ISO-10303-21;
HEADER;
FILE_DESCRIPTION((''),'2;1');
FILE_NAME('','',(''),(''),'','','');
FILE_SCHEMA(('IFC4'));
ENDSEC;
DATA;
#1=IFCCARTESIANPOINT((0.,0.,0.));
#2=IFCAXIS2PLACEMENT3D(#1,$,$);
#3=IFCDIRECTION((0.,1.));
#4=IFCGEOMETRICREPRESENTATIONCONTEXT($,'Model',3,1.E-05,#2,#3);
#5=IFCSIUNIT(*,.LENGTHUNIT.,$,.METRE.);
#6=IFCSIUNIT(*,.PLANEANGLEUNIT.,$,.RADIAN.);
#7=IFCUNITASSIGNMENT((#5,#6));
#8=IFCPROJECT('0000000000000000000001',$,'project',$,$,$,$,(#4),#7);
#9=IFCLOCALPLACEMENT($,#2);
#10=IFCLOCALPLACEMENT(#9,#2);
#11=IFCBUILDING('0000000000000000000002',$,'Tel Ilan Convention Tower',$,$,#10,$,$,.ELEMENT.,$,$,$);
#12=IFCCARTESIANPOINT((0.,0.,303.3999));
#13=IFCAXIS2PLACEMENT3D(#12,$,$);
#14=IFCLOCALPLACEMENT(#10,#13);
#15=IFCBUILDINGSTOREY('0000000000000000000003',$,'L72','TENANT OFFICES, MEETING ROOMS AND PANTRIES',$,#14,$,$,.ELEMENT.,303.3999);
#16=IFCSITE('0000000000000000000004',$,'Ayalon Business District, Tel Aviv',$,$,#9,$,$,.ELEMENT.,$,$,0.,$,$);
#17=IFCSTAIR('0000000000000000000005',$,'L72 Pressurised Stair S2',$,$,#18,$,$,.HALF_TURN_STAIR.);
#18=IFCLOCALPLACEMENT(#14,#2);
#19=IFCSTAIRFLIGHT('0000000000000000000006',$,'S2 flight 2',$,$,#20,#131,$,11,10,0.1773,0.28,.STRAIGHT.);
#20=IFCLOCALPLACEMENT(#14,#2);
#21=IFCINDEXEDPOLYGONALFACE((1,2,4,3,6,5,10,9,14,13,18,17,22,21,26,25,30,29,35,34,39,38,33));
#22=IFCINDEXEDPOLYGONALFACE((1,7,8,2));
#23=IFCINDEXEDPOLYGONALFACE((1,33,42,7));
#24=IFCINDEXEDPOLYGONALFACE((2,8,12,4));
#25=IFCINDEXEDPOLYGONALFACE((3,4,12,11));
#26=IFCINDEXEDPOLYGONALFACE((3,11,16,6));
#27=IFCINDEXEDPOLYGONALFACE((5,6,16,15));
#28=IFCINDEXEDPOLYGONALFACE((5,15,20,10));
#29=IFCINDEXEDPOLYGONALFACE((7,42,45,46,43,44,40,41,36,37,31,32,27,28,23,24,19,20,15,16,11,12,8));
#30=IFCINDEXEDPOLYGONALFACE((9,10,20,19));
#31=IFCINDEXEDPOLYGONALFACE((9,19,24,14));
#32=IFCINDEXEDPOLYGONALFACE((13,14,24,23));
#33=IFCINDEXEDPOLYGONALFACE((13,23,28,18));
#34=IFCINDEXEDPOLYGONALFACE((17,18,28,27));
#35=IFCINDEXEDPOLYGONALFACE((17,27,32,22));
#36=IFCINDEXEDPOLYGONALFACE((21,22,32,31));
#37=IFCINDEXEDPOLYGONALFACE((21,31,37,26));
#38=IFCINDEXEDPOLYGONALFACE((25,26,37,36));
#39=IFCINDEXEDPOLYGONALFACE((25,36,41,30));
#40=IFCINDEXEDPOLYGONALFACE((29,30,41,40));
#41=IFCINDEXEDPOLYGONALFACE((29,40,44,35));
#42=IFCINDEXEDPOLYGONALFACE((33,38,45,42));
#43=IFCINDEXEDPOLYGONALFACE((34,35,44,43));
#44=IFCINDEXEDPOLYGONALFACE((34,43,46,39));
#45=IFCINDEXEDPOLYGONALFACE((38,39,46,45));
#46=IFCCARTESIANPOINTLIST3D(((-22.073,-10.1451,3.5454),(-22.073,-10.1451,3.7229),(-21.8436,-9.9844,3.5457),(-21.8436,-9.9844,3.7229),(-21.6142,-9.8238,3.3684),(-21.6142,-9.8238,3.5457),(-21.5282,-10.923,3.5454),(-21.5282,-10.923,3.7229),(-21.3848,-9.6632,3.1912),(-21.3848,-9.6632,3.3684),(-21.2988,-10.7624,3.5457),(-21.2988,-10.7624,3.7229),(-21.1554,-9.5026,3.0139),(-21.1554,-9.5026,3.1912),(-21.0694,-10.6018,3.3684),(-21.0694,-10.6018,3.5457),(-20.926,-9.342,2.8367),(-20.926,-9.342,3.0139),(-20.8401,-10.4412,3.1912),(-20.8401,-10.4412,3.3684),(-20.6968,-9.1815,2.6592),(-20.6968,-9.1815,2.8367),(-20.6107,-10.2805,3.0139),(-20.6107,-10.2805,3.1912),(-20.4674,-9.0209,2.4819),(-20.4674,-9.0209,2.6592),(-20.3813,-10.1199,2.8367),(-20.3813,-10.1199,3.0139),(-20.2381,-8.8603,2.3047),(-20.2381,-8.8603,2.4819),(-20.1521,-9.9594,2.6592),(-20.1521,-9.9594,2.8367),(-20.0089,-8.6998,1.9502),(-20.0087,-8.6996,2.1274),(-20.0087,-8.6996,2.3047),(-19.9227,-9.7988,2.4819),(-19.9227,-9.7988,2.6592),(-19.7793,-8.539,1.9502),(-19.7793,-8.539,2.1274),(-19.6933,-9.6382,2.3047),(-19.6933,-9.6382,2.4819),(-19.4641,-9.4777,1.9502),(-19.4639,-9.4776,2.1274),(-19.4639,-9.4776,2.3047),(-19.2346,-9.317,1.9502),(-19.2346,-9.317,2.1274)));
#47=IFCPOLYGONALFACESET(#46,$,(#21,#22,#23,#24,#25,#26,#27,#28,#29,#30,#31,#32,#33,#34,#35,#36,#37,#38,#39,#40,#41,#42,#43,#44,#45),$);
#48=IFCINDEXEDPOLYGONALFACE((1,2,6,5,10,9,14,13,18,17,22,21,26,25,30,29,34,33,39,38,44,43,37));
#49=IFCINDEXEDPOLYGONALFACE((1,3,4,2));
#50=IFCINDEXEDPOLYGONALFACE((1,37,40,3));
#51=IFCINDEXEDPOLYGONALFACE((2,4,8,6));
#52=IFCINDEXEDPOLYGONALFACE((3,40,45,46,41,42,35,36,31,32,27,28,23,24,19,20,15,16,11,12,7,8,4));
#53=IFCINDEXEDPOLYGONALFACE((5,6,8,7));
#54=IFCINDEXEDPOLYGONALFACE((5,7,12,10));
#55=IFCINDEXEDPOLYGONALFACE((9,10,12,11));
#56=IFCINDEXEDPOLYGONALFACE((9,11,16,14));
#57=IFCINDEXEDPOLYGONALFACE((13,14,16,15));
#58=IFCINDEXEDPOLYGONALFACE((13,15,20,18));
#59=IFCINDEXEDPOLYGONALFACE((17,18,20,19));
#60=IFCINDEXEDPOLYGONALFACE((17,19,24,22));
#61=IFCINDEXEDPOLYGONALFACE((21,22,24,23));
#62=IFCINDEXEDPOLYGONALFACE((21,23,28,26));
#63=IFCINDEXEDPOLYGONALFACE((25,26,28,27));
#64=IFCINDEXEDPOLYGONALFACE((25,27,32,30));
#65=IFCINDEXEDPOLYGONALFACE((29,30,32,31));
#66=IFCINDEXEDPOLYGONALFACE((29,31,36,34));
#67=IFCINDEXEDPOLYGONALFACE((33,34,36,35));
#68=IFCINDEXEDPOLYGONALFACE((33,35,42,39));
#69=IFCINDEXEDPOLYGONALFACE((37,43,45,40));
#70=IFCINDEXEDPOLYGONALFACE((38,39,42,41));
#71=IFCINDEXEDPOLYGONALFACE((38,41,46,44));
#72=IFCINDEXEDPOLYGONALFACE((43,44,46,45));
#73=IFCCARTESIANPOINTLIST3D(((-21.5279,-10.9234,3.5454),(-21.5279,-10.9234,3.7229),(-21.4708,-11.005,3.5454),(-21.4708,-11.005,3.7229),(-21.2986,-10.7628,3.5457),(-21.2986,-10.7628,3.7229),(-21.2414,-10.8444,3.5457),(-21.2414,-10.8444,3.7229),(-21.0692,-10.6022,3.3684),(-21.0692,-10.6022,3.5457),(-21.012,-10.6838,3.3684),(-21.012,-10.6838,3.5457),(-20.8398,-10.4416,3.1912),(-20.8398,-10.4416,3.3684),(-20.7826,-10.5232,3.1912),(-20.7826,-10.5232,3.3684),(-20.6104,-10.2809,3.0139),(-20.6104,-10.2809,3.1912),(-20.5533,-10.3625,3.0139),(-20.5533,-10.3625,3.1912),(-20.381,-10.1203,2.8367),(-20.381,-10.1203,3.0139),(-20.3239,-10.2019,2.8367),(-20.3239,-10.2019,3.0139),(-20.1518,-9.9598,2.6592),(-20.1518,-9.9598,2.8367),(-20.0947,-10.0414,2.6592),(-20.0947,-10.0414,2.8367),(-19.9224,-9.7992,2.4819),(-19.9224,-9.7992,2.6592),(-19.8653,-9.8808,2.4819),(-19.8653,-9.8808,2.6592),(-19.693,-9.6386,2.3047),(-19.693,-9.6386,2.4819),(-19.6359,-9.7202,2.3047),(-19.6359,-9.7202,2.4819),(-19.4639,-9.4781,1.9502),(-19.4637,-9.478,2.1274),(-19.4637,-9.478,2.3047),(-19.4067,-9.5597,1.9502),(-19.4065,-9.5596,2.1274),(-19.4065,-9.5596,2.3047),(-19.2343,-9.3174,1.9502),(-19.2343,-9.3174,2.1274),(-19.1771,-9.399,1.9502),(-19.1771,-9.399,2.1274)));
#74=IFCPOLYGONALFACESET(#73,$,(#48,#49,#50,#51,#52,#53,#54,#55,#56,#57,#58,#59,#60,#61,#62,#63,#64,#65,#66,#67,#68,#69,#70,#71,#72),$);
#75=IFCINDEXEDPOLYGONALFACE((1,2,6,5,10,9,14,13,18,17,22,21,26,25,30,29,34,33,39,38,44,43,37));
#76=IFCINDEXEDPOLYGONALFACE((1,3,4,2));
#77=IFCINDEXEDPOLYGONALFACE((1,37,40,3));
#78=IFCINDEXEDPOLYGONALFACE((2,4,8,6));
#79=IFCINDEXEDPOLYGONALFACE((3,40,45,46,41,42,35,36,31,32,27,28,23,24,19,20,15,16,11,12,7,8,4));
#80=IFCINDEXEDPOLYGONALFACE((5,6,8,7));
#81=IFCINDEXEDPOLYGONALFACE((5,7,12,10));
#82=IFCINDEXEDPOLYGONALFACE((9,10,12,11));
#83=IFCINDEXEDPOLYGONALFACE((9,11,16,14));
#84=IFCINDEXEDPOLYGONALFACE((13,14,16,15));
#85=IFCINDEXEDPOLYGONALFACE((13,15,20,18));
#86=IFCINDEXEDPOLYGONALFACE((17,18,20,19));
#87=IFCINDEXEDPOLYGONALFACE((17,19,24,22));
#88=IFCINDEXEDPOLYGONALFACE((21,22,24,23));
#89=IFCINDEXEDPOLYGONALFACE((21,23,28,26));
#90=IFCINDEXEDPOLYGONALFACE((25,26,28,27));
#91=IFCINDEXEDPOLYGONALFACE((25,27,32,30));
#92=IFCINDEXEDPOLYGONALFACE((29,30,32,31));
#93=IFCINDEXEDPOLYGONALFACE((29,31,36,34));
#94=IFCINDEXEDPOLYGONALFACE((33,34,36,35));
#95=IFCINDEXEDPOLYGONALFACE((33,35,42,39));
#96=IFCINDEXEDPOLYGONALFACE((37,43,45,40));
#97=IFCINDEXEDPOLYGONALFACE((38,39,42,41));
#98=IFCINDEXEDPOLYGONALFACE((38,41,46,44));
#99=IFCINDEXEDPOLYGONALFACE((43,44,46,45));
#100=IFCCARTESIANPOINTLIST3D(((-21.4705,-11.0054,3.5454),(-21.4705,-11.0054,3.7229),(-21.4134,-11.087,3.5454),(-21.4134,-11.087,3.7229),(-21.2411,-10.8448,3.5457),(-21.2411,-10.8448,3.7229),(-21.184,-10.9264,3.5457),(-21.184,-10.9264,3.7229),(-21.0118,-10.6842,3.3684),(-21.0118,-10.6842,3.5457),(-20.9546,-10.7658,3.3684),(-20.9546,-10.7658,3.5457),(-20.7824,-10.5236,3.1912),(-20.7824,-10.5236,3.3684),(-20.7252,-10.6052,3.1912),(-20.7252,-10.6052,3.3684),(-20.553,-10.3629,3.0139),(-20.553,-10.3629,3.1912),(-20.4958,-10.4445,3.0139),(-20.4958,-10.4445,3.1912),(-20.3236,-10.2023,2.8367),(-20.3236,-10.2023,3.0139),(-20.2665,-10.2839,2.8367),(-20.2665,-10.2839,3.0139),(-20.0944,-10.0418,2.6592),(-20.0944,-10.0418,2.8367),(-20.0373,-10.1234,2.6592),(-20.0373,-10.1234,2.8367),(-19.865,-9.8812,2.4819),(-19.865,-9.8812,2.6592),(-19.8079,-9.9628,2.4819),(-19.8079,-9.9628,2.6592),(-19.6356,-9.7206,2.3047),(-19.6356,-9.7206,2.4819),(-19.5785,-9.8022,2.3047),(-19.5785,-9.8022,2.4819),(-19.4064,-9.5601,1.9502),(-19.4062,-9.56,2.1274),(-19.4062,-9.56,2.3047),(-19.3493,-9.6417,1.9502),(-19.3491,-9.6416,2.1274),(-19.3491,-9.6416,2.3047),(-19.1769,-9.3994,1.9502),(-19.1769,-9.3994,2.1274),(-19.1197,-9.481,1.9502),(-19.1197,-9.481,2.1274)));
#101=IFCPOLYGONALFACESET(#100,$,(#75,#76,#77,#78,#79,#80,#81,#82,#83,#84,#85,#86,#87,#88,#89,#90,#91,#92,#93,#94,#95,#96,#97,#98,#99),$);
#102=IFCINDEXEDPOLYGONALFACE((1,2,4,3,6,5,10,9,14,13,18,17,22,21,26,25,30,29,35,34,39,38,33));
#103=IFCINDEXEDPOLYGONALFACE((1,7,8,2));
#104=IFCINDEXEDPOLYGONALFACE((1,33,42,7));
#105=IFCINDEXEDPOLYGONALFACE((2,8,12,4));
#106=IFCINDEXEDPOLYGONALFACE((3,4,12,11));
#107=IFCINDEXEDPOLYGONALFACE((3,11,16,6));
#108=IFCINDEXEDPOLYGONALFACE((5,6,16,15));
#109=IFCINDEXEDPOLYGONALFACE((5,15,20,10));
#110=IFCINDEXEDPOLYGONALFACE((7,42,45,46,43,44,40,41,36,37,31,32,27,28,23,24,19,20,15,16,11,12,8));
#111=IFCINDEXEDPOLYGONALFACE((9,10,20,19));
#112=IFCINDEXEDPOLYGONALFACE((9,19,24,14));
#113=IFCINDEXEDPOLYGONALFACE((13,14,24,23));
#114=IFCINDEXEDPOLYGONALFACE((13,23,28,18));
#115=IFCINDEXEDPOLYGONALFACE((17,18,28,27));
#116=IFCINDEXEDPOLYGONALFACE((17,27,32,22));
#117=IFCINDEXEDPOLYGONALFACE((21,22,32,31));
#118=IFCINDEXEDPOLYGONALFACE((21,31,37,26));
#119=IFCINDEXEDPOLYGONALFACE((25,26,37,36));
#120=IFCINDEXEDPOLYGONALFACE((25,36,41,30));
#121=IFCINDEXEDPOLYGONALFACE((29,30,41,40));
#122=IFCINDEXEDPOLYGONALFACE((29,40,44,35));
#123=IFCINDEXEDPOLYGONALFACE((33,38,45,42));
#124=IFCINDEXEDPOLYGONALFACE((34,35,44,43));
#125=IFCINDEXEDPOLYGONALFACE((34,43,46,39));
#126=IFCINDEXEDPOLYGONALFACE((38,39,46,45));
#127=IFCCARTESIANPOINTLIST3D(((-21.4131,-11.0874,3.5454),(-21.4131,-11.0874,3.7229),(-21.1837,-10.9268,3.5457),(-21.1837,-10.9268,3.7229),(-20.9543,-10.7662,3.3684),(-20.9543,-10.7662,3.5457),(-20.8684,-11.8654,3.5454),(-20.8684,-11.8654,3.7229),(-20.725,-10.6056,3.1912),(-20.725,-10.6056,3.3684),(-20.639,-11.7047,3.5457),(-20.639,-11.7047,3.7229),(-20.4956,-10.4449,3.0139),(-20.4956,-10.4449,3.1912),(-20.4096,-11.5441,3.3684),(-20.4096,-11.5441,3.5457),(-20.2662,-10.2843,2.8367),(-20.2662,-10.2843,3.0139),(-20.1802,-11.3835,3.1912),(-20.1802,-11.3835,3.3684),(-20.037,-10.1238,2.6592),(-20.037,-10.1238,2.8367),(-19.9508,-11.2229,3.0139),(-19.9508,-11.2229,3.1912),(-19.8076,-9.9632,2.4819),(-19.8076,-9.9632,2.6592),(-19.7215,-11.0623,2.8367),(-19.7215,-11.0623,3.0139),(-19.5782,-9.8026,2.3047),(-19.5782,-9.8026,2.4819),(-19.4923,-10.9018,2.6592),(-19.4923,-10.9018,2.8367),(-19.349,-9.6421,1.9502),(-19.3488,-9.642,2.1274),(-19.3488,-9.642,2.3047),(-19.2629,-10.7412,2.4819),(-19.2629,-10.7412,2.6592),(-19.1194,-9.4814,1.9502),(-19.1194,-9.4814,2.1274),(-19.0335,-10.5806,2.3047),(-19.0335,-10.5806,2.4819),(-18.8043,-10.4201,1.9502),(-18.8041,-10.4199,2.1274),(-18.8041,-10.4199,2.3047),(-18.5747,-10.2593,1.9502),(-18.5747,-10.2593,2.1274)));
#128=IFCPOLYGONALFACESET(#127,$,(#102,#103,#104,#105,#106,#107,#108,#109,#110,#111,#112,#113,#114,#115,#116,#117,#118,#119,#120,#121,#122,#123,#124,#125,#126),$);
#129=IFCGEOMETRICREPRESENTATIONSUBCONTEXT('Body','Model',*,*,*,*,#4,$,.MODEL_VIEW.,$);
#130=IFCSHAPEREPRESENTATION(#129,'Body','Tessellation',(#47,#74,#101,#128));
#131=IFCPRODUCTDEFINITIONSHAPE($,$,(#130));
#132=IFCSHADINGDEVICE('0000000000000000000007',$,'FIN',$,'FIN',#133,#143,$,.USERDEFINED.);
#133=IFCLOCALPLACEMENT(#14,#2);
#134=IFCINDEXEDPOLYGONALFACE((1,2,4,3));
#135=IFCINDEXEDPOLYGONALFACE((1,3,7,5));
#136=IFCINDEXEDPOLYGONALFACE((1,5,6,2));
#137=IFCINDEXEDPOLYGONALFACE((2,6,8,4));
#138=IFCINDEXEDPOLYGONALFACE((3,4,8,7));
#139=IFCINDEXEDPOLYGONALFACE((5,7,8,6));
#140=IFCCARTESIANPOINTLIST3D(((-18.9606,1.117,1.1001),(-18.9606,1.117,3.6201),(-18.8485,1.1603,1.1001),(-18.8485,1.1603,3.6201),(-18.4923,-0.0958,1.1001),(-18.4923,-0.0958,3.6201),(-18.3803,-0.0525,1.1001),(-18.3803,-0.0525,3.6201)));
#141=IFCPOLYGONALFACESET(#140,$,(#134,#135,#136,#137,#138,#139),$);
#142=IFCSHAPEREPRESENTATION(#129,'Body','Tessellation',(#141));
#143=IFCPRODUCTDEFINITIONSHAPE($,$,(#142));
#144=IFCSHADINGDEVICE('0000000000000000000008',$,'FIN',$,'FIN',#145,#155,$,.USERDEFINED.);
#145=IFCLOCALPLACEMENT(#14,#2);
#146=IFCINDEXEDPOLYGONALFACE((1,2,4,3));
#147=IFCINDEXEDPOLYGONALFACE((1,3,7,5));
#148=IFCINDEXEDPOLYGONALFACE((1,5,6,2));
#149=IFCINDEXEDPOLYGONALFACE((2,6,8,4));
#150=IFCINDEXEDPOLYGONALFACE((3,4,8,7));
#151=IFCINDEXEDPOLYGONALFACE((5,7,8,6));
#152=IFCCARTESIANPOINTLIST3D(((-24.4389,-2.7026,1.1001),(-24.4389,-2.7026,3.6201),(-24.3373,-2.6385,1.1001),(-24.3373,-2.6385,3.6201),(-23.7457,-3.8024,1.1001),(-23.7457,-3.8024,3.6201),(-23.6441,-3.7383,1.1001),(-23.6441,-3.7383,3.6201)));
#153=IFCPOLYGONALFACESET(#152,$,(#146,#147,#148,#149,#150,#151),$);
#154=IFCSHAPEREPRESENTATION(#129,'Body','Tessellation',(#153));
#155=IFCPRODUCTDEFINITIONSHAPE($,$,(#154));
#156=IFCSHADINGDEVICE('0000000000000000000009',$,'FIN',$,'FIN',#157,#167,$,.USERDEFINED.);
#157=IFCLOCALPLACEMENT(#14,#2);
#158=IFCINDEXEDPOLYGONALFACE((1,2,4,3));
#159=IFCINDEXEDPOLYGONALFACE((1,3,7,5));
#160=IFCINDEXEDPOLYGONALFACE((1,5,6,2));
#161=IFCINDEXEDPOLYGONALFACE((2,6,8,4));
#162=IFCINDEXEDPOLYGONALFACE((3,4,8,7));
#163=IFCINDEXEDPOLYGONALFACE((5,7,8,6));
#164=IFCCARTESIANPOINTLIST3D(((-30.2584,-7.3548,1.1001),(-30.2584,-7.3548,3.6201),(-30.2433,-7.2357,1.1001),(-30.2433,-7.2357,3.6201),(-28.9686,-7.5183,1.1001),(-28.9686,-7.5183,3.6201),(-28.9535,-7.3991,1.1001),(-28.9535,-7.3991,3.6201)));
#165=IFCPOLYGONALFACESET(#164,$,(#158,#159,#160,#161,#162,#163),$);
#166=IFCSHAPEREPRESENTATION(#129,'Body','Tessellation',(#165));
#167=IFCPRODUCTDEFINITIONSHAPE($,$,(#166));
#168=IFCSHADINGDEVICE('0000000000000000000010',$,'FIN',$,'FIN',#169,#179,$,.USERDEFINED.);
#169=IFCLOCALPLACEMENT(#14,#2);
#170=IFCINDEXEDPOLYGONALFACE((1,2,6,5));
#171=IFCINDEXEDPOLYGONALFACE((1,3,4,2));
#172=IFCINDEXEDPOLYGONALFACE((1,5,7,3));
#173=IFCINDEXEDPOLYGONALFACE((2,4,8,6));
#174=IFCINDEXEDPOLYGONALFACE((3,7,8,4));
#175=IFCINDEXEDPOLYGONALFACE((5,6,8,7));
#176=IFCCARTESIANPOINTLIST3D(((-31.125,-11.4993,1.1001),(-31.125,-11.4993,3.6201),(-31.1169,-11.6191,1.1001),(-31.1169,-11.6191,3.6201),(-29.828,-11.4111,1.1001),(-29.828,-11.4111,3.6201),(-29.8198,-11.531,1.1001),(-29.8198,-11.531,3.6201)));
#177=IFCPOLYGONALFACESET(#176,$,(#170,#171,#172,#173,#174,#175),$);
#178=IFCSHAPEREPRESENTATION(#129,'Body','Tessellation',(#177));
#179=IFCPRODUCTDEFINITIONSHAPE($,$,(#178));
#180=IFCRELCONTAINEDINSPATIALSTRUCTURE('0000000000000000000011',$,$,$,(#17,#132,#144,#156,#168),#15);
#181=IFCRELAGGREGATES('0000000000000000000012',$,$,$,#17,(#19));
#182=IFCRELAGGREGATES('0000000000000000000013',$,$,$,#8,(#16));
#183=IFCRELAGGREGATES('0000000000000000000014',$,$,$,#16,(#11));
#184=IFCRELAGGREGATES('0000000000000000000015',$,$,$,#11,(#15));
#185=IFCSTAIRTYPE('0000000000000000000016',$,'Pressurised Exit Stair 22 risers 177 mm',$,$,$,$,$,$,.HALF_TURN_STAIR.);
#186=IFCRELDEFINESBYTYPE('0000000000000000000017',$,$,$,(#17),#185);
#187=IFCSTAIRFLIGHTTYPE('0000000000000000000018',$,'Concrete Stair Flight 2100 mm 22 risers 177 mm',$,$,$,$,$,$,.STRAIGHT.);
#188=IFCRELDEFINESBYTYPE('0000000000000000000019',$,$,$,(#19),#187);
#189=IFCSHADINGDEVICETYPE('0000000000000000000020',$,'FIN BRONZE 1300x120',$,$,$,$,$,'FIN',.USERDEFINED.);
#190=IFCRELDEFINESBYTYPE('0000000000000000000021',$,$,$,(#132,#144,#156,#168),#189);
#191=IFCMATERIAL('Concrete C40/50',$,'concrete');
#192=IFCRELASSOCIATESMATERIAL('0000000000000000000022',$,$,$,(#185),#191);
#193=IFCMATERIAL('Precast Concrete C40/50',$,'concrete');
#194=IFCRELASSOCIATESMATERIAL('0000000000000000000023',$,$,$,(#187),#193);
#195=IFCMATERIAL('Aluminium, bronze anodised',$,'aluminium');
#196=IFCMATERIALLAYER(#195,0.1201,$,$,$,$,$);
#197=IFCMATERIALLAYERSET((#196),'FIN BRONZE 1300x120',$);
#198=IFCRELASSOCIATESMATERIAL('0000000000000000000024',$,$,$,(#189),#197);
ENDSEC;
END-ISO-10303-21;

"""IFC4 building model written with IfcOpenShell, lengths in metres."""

from ifc_helpers import new_model, si_unit, direction, frame, origin, origin_2d, place, context, subcontext, project, spatial, polyline, rectangle, outline, extrude, material, layer, layer_set, type_object, element, aggregate, save


model = new_model("IFC4")

# Units and contexts
model_context = context("Model", 3, precision=1e-05, world=origin(), true_north=direction((0.0, 1.0)))
body_context = subcontext(model_context, "Body", "Model", "MODEL_VIEW")
ifc_project = project(units=[si_unit("LENGTHUNIT", "METRE"), si_unit("PLANEANGLEUNIT", "RADIAN")], contexts=[model_context])

# Site, building, storey
site_placement = place(None, origin())
site = spatial("IfcSite", under=ifc_project, at=site_placement, Name="Ayalon Business District, Tel Aviv", CompositionType="ELEMENT", RefElevation=0.0)
building_placement = place(site_placement, origin())
building = spatial("IfcBuilding", under=site, at=building_placement, Name="Tel Ilan Convention Tower", CompositionType="ELEMENT")
storey_placement = place(building_placement, frame((0.0, 0.0, 303.3999)))
storey = spatial("IfcBuildingStorey", under=building, at=storey_placement, Name="L72", Description="TENANT OFFICES, MEETING ROOMS AND PANTRIES", CompositionType="ELEMENT", Elevation=303.3999)

# Shared definitions
ifc_material_1 = material(Name="Concrete C40/50", Category="concrete")
stair_type = type_object("IfcStairType", Name="Pressurised Exit Stair 22 risers 177 mm", PredefinedType="HALF_TURN_STAIR", material=ifc_material_1)
ifc_material_2 = material(Name="Precast Concrete C40/50", Category="concrete")
stair_flight_type = type_object("IfcStairFlightType", Name="Concrete Stair Flight 2100 mm 22 risers 177 mm", PredefinedType="STRAIGHT", material=ifc_material_2)

# Stair, stair flight
stair_1_placement = place(storey_placement, origin())
stair_1 = element("IfcStair", 1, at=stair_1_placement, inside=storey, type_object=stair_type, Name="L72 Pressurised Stair S2", PredefinedType="HALF_TURN_STAIR")
stair_flight_1_placement = place(storey_placement, frame((-19.177, -9.3992, 1.9502), z_axis=(0.0, 0.0, 1.0), x_axis=(-0.819152, -0.573576, 0.0)))
stair_flight_1 = element("IfcStairFlight", 2, at=stair_flight_1_placement, type_object=stair_flight_type, Name="S2 flight 2", NumberOfRisers=11, NumberOfTreads=10, PredefinedType="STRAIGHT", RiserHeight=0.1773, TreadLength=0.28, context=body_context, shape_type="SweptSolid", body=[
    extrude(outline(polyline([(0.0, 0.0), (0.0, 0.1772), (0.28, 0.1772), (0.28, 0.3545), (0.5601, 0.3545), (0.5601, 0.5317), (0.8401, 0.5317), (0.8401, 0.709), (1.1201, 0.709), (1.1201, 0.8865), (1.3999, 0.8865), (1.3999, 1.0637), (1.6799, 1.0637), (1.6799, 1.241), (1.96, 1.241), (1.96, 1.4182), (2.24, 1.4182), (2.24, 1.5955), (2.52, 1.5955), (2.52, 1.7727), (2.8, 1.7727), (2.8, 1.95), (2.8, 1.5952), (0.2803, 0.0), (0.0, 0.0)])), frame((0.0, -0.1003, 0.0), z_axis=(0.0, -1.0, 0.0), x_axis=(1.0, 0.0, 0.0)), (0.0, 0.0, 1.0), 0.9497),
    extrude(outline(polyline([(0.0, 0.0), (0.0, 0.1772), (0.28, 0.1772), (0.28, 0.3545), (0.5601, 0.3545), (0.5601, 0.5317), (0.8401, 0.5317), (0.8401, 0.709), (1.1201, 0.709), (1.1201, 0.8865), (1.3999, 0.8865), (1.3999, 1.0637), (1.6799, 1.0637), (1.6799, 1.241), (1.96, 1.241), (1.96, 1.4182), (2.24, 1.4182), (2.24, 1.5955), (2.52, 1.5955), (2.52, 1.7727), (2.8, 1.7727), (2.8, 1.95), (2.8, 1.5952), (0.2803, 0.0), (0.0, 0.0)])), frame((0.0, -0.0002, 0.0), z_axis=(0.0, -1.0, 0.0), x_axis=(1.0, 0.0, 0.0)), (0.0, 0.0, 1.0), 0.0996),
    extrude(outline(polyline([(0.0, 0.0), (0.0, 0.1772), (0.28, 0.1772), (0.28, 0.3545), (0.5601, 0.3545), (0.5601, 0.5317), (0.8401, 0.5317), (0.8401, 0.709), (1.1201, 0.709), (1.1201, 0.8865), (1.3999, 0.8865), (1.3999, 1.0637), (1.6799, 1.0637), (1.6799, 1.241), (1.96, 1.241), (1.96, 1.4182), (2.24, 1.4182), (2.24, 1.5955), (2.52, 1.5955), (2.52, 1.7727), (2.8, 1.7727), (2.8, 1.95), (2.8, 1.5952), (0.2803, 0.0), (0.0, 0.0)])), frame((0.0, 0.0999, 0.0), z_axis=(0.0, -1.0, 0.0), x_axis=(1.0, 0.0, 0.0)), (0.0, 0.0, 1.0), 0.0996),
    extrude(outline(polyline([(0.0, 0.0), (0.0, 0.1772), (0.28, 0.1772), (0.28, 0.3545), (0.5601, 0.3545), (0.5601, 0.5317), (0.8401, 0.5317), (0.8401, 0.709), (1.1201, 0.709), (1.1201, 0.8865), (1.3999, 0.8865), (1.3999, 1.0637), (1.6799, 1.0637), (1.6799, 1.241), (1.96, 1.241), (1.96, 1.4182), (2.24, 1.4182), (2.24, 1.5955), (2.52, 1.5955), (2.52, 1.7727), (2.8, 1.7727), (2.8, 1.95), (2.8, 1.5952), (0.2803, 0.0), (0.0, 0.0)])), frame((0.0, 1.05, 0.0), z_axis=(0.0, -1.0, 0.0), x_axis=(1.0, 0.0, 0.0)), (0.0, 0.0, 1.0), 0.9497),
])
aggregate(stair_1, [stair_flight_1])

# Shading devices
ifc_material_3 = material(Name="Aluminium, bronze anodised", Category="aluminium")
ifc_layer_1 = layer(ifc_material_3, 0.1201)
ifc_layer_set_1 = layer_set([ifc_layer_1], Name="FIN BRONZE 1300x120")
shading_device_type = type_object("IfcShadingDeviceType", Name="FIN BRONZE 1300x120", ElementType="FIN", PredefinedType="USERDEFINED", material=ifc_layer_set_1)
for number, where, z_axis, x_axis, name in (
    (3, (-18.6704, 0.5322, 1.1001), (0.0, 0.0, 1.0), (-0.360178, 0.932884, 0.0), "FIN"),
    (4, (-24.0415, -3.2205, 1.1001), (0.0, 0.0, 1.0), (-0.533204, 0.845986, 0.0), "FIN"),
    (5, (-29.606, -7.377, 1.1001), (0.0, 0.0, 1.0), (-0.992066, 0.125718, 0.0), "FIN"),
    (6, (-30.4724, -11.5151, 1.1001), (0.0, 0.0, 1.0), (-0.997697, -0.067822, 0.0), "FIN"),
):
    element("IfcShadingDevice", number, at=place(storey_placement, frame(where, z_axis=z_axis, x_axis=x_axis)), inside=storey, type_object=shading_device_type, Name=name, ObjectType="FIN", PredefinedType="USERDEFINED", context=body_context, shape_type="SweptSolid", body=[
        extrude(rectangle(XDim=1.3, YDim=0.1201, at=origin_2d()), origin(), (0.0, 0.0, 1.0), 2.52),
    ])

save(model, "model.ifc")
